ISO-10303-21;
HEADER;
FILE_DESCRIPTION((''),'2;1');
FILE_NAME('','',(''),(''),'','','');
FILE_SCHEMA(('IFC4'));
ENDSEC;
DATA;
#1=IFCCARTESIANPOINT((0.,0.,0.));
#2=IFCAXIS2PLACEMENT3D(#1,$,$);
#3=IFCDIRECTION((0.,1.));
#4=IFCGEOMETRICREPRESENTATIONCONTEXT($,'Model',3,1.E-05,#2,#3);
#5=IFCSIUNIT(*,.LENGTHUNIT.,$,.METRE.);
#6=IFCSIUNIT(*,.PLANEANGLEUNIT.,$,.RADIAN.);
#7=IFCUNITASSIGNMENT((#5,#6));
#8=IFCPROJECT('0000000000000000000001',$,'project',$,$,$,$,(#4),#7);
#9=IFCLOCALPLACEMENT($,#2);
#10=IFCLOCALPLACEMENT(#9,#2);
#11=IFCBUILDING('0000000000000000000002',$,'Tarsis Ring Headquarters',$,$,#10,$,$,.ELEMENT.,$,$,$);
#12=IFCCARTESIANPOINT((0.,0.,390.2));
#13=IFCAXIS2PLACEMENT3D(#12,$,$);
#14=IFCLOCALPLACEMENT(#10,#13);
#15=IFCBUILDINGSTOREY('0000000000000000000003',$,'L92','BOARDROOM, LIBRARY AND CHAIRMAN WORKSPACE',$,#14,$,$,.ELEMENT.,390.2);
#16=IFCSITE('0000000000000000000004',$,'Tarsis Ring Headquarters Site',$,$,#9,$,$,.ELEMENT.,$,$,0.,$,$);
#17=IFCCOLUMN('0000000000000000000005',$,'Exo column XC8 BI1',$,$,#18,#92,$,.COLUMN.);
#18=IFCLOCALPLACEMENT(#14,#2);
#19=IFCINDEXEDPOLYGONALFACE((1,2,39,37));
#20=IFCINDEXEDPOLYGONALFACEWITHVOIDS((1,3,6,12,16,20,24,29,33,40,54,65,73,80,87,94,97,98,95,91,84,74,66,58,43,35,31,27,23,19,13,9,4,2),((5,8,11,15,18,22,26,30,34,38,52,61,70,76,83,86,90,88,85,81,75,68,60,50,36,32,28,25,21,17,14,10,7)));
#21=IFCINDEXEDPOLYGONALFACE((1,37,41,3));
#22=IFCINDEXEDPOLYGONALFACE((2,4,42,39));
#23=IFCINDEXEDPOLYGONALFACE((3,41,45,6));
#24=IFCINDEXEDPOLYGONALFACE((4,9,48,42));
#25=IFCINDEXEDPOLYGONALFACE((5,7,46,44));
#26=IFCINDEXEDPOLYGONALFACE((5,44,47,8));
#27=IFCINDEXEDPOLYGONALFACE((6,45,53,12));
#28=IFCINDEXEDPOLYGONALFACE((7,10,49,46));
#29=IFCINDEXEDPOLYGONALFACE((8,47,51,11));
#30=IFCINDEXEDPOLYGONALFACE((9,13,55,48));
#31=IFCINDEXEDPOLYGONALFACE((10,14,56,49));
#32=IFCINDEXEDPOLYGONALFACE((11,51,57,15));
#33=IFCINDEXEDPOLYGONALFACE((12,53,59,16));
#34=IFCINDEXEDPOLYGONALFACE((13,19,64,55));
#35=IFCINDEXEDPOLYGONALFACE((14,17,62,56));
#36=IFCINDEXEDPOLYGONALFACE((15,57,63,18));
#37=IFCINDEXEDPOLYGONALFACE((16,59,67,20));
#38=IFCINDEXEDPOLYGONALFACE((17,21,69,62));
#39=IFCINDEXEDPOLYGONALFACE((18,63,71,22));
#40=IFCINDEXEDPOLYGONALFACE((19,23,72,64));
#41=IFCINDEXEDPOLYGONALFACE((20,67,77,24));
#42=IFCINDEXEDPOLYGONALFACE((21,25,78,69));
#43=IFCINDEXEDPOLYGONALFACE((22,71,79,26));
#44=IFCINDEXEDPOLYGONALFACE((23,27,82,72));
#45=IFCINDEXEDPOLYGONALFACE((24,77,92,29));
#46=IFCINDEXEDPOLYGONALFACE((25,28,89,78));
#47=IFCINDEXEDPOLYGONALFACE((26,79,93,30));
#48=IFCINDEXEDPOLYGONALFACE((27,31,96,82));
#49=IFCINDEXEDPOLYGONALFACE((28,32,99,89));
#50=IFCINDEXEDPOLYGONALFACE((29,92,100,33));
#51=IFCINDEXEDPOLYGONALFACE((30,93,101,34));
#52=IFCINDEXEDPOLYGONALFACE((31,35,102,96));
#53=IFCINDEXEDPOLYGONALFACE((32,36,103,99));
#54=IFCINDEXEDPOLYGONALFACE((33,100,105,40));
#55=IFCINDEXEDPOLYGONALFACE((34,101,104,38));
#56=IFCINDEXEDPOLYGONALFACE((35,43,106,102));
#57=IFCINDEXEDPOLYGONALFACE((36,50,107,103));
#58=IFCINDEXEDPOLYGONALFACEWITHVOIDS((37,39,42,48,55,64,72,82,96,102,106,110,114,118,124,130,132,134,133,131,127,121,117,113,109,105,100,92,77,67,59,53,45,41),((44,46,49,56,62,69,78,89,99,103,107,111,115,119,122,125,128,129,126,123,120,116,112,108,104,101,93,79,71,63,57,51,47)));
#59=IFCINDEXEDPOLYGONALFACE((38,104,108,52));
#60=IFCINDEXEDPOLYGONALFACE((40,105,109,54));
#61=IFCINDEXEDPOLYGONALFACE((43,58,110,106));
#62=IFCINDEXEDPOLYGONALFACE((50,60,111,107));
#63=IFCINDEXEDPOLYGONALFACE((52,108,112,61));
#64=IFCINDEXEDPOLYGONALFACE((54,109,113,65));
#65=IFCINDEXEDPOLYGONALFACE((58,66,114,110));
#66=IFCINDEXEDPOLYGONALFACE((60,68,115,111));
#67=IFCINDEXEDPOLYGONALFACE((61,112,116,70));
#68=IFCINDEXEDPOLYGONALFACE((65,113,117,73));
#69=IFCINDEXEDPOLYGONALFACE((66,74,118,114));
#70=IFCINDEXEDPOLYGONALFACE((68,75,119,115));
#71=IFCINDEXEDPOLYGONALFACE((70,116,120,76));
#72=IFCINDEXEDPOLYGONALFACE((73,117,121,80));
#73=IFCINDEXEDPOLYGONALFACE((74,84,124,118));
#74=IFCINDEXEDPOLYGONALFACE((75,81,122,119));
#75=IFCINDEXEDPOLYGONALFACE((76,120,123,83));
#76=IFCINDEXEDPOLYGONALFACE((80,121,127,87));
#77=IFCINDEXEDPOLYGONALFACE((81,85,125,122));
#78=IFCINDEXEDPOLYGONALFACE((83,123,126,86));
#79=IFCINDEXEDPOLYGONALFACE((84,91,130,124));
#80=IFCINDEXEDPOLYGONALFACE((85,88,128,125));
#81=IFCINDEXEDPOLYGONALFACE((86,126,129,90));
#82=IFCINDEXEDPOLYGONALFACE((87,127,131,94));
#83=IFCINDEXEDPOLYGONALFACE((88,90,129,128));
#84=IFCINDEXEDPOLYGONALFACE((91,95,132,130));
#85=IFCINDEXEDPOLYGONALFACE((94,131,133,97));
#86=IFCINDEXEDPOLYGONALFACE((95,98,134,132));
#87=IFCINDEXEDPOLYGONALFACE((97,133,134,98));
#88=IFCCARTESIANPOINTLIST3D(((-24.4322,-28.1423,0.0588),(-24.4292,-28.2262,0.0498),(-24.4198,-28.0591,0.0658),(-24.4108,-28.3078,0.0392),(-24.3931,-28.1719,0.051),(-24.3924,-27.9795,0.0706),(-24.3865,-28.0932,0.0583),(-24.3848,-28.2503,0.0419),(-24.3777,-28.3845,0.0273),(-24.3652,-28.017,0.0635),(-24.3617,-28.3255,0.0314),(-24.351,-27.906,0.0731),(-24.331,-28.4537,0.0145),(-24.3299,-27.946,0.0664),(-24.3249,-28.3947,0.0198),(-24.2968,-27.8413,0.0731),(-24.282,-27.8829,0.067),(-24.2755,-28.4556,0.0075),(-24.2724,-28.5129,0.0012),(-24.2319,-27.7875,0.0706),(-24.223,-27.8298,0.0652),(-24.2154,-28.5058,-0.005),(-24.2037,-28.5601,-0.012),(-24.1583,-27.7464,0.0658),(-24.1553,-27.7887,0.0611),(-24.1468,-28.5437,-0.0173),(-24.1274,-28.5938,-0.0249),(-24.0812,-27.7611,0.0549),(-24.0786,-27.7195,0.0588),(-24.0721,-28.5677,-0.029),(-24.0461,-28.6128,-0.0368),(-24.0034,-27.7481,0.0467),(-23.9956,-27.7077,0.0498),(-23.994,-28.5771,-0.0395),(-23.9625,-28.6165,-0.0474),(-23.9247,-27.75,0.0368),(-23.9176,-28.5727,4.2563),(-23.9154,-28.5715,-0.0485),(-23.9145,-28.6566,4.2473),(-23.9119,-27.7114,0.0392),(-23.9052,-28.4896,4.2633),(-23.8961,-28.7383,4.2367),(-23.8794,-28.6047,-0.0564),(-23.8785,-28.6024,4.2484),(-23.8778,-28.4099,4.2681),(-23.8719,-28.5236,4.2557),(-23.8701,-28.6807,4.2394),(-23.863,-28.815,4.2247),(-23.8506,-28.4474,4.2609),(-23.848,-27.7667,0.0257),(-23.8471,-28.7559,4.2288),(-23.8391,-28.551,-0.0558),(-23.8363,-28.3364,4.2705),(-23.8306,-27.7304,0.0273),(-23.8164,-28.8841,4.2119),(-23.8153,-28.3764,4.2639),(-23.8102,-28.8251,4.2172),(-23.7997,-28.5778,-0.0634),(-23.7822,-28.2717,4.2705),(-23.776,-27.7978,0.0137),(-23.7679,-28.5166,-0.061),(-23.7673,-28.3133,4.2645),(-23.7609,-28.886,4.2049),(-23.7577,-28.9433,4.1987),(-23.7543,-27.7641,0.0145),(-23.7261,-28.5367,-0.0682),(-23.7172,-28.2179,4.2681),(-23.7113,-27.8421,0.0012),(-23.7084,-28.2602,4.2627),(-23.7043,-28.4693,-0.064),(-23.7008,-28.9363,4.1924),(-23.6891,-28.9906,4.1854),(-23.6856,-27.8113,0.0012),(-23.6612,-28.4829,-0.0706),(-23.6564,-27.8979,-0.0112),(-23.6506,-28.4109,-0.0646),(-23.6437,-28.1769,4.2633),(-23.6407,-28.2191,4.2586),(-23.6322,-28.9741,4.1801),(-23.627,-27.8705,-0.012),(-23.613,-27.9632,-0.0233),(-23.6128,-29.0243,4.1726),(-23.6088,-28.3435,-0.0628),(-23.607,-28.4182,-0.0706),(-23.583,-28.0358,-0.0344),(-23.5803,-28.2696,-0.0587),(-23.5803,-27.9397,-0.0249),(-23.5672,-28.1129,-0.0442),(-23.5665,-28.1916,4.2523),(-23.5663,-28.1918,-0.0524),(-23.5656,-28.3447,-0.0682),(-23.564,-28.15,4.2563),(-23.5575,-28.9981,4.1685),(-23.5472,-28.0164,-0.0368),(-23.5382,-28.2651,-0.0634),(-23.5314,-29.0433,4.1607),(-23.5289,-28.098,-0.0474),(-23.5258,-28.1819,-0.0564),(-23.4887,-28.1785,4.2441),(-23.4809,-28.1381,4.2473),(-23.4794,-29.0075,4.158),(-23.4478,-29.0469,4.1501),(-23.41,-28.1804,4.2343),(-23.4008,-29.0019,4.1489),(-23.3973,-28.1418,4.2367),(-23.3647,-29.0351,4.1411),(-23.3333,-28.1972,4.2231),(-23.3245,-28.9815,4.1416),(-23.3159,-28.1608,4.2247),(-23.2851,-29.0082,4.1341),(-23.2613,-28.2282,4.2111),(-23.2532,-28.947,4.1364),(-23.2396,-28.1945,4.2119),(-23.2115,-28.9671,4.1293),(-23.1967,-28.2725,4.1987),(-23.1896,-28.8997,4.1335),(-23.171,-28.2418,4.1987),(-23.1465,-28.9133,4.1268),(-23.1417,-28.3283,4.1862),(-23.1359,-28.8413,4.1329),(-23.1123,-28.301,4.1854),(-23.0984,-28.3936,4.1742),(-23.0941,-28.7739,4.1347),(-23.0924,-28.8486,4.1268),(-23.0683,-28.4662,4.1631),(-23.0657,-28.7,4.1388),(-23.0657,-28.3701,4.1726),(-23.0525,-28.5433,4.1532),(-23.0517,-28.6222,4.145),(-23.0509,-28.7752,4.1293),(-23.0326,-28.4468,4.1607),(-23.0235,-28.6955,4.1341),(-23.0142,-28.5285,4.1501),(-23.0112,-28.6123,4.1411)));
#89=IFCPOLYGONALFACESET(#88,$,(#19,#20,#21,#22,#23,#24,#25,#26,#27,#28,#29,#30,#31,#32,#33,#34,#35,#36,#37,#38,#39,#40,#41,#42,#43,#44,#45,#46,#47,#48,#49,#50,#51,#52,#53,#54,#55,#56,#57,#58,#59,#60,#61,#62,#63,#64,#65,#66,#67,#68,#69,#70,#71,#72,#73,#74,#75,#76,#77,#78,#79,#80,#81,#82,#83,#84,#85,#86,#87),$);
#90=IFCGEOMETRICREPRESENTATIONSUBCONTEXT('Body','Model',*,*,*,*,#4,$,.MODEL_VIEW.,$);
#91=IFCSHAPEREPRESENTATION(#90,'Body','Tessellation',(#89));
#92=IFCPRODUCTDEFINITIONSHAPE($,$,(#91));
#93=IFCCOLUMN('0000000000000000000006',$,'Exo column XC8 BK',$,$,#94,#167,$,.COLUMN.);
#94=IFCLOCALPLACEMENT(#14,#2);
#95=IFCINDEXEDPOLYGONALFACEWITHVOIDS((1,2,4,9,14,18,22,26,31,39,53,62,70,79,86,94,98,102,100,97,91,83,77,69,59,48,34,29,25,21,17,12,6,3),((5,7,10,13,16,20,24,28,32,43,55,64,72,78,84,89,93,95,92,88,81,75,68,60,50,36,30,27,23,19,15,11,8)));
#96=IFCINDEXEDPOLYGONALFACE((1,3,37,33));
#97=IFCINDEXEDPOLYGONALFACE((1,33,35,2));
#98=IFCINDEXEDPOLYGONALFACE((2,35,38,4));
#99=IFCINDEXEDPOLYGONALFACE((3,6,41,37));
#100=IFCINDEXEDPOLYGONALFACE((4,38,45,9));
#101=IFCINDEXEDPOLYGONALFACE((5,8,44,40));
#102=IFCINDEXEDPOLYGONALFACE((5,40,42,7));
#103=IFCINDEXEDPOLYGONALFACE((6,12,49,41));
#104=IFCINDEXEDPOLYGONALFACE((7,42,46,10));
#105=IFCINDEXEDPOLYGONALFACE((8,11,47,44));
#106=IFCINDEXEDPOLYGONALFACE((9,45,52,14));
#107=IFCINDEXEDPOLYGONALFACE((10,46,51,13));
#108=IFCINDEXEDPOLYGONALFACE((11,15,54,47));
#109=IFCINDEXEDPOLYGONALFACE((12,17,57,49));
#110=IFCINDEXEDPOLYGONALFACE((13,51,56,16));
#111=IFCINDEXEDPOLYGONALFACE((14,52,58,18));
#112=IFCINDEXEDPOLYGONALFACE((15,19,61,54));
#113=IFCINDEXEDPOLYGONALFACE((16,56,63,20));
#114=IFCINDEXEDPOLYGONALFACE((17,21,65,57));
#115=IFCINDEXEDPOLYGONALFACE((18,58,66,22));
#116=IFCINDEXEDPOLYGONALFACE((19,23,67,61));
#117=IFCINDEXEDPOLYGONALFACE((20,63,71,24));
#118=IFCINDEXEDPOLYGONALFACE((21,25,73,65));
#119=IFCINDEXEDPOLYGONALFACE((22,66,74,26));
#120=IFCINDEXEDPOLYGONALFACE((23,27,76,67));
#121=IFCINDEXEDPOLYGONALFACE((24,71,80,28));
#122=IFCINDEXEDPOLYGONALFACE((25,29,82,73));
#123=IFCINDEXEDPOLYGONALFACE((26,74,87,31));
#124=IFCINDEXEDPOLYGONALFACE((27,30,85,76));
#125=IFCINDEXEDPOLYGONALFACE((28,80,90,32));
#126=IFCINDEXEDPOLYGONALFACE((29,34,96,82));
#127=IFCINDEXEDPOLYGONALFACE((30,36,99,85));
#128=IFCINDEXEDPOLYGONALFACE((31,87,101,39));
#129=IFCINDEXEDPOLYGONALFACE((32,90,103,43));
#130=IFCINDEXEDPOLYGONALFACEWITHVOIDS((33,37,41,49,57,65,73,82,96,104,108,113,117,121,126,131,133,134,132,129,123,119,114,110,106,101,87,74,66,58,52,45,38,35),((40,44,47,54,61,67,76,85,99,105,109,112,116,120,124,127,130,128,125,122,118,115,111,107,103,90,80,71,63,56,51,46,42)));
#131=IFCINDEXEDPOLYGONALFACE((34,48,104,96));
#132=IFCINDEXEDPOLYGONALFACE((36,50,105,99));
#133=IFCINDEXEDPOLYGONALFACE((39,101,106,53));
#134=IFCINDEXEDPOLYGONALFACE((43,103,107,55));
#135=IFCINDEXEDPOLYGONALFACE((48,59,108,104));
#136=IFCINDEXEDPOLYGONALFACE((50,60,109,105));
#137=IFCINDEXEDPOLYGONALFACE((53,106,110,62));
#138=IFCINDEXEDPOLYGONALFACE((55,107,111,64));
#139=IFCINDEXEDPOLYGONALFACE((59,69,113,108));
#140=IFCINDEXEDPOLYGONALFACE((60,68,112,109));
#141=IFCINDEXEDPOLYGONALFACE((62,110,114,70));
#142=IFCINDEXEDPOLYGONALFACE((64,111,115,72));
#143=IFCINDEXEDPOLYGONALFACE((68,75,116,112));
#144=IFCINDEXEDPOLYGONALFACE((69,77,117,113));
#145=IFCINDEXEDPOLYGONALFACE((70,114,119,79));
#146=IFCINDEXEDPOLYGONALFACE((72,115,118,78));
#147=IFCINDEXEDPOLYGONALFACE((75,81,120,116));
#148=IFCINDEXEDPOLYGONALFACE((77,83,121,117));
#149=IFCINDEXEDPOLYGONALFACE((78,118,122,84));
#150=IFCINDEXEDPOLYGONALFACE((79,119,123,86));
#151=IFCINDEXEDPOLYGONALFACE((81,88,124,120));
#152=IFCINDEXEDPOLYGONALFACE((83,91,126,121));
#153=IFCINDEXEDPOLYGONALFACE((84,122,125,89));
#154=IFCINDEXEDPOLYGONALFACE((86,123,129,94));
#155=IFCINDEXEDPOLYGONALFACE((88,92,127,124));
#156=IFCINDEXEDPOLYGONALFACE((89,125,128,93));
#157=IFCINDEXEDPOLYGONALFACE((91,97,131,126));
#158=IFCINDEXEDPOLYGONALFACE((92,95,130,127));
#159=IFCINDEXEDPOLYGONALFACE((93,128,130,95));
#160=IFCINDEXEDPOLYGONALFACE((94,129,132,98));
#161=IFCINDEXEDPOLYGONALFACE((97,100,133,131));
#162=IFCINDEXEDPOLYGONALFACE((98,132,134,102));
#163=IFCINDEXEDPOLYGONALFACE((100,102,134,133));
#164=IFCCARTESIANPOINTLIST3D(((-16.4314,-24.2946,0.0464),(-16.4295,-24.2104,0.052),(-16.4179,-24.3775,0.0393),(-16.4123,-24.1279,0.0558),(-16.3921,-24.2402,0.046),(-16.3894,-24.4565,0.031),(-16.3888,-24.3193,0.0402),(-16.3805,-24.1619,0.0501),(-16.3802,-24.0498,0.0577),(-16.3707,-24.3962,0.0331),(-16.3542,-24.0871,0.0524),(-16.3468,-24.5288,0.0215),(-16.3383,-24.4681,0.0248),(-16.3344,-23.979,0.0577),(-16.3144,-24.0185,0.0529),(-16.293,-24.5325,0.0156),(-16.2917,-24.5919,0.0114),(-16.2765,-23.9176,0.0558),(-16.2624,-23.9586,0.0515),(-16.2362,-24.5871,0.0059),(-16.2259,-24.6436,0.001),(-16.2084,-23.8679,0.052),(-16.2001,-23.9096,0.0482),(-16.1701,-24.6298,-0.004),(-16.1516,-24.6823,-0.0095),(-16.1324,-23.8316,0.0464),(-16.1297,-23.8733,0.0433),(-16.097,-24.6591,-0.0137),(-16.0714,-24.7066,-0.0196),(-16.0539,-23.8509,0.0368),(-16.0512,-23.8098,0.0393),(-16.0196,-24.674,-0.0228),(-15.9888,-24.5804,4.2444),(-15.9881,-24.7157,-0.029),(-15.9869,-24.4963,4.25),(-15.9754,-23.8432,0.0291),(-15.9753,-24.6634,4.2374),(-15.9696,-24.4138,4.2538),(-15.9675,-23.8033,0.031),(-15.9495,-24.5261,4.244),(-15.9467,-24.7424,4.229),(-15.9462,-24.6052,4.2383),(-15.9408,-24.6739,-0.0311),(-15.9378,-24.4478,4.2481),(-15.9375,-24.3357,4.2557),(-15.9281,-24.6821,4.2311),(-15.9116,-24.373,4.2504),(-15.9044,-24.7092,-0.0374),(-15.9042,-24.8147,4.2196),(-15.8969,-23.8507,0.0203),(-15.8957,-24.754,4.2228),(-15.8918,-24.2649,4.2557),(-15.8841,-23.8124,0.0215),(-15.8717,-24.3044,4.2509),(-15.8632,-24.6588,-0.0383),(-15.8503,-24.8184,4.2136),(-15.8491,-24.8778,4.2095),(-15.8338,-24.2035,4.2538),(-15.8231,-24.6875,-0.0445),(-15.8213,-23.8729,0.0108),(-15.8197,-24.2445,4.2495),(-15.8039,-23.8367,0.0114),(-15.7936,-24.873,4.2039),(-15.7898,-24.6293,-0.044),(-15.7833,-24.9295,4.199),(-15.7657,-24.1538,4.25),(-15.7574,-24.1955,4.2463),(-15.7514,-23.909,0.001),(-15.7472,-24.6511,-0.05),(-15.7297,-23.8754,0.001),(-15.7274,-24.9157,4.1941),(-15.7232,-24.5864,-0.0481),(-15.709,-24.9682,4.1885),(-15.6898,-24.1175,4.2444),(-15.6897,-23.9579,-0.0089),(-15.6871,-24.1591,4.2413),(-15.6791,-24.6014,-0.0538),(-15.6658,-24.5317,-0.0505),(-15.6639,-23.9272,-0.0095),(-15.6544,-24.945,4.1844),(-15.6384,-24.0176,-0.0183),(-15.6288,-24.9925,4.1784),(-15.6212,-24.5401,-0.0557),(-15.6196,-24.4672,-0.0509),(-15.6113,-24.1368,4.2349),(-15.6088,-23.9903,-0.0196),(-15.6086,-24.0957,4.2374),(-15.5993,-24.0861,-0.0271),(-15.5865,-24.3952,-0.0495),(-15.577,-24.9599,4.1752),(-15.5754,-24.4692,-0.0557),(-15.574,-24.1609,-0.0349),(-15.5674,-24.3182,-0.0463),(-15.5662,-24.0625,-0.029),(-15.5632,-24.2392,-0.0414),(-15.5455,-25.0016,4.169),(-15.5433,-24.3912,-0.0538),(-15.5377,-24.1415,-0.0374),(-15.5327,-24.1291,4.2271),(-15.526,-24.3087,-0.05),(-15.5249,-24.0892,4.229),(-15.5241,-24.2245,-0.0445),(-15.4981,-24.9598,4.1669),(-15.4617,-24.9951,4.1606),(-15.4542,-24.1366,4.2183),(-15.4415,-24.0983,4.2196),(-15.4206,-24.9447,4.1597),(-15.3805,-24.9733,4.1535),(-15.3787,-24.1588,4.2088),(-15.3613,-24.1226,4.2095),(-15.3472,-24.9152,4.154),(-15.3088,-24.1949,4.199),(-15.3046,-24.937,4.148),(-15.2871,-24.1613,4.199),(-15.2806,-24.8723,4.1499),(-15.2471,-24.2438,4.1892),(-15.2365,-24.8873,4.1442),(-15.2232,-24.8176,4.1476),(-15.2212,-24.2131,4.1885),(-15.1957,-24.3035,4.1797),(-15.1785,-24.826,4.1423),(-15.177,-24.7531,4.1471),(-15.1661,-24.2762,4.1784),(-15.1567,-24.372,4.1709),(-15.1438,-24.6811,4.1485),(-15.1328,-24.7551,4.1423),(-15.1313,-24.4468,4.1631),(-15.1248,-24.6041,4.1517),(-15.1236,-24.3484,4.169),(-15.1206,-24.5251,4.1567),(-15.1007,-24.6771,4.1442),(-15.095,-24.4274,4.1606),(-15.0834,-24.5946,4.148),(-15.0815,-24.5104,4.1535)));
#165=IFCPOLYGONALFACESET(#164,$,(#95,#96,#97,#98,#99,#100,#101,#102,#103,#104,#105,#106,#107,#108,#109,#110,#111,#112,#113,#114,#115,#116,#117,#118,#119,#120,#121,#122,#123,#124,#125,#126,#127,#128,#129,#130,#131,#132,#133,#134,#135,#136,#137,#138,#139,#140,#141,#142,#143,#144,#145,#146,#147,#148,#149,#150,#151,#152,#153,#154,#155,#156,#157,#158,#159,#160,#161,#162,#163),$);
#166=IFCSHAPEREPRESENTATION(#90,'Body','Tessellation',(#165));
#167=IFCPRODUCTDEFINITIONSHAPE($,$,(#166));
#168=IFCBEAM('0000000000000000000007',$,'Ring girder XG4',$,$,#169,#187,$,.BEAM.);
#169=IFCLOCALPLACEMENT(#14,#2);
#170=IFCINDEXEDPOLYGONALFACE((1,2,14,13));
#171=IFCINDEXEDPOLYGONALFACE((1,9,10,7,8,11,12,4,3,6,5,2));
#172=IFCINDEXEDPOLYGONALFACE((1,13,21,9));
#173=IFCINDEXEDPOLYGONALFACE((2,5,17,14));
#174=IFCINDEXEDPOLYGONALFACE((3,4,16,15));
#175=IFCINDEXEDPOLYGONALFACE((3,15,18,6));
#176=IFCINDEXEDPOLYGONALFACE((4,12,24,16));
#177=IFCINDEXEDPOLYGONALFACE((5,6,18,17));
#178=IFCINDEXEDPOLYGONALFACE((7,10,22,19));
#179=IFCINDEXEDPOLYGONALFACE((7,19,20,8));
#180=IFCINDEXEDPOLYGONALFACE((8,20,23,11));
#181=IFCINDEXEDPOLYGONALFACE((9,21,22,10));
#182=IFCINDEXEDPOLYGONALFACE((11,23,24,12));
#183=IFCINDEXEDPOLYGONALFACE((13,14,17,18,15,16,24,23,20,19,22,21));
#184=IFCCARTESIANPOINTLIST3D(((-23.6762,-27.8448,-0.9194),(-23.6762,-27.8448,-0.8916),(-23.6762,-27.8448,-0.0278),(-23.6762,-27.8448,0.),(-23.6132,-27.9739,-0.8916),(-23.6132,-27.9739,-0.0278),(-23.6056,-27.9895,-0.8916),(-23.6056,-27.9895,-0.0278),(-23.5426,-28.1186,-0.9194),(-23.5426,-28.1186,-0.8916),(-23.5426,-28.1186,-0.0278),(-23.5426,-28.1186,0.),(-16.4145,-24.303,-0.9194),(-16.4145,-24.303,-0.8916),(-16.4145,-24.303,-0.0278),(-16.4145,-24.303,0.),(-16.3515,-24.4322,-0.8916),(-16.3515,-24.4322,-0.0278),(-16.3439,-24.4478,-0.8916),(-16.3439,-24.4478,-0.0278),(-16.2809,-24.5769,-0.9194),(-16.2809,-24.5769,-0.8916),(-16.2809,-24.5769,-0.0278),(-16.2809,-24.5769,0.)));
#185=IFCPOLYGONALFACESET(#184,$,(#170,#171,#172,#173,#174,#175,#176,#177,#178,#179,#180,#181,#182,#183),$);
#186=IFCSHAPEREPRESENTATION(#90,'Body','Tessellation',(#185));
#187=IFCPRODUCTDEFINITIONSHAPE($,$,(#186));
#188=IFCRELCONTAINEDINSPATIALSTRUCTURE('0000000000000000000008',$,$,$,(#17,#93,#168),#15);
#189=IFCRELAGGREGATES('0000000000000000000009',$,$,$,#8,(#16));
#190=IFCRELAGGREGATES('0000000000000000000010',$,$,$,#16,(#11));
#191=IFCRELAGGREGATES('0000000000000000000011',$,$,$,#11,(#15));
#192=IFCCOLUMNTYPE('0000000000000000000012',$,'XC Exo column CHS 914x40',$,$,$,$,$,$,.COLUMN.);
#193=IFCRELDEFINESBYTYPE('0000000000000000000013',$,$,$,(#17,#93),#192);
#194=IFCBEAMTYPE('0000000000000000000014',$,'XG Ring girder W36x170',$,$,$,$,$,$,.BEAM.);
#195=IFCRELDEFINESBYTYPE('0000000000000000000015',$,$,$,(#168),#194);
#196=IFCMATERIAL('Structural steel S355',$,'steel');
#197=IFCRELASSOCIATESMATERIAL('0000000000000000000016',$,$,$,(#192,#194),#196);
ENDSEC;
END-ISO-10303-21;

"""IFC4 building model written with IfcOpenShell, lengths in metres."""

from ifc_helpers import new_model, si_unit, direction, frame, origin, origin_2d, place, context, subcontext, project, spatial, hollow_circle, i_section, extrude, material, material_profile, profile_set, type_object, element, save


model = new_model("IFC4")

# Units and contexts
model_context = context("Model", 3, precision=1e-05, world=origin(), true_north=direction((0.0, 1.0)))
body_context = subcontext(model_context, "Body", "Model", "MODEL_VIEW")
ifc_project = project(units=[si_unit("LENGTHUNIT", "METRE"), si_unit("PLANEANGLEUNIT", "RADIAN")], contexts=[model_context])

# Site, building, storey
site_placement = place(None, origin())
site = spatial("IfcSite", under=ifc_project, at=site_placement, Name="Tarsis Ring Headquarters Site", CompositionType="ELEMENT", RefElevation=0.0)
building_placement = place(site_placement, origin())
building = spatial("IfcBuilding", under=site, at=building_placement, Name="Tarsis Ring Headquarters", CompositionType="ELEMENT")
storey_placement = place(building_placement, frame((0.0, 0.0, 390.2)))
storey = spatial("IfcBuildingStorey", under=building, at=storey_placement, Name="L92", Description="BOARDROOM, LIBRARY AND CHAIRMAN WORKSPACE", CompositionType="ELEMENT", Elevation=390.2)

# Columns
ifc_material_1 = material(Name="Structural steel S355", Category="steel")
ifc_material_profile_1 = material_profile(ifc_material_1, hollow_circle(Radius=0.457, WallThickness=0.04, at=origin_2d()), Name="CHS 914x40")
ifc_profile_set_1 = profile_set([ifc_material_profile_1], Name="Structural steel S355")
column_type = type_object("IfcColumnType", Name="XC Exo column CHS 914x40", PredefinedType="COLUMN", material=ifc_profile_set_1)
column_1_placement = place(storey_placement, frame((-23.979, -28.1621, 0.0012), z_axis=(0.121071, -0.101256, 0.987466), x_axis=(0.641544, 0.767087, 0.0)))
element("IfcColumn", 1, at=column_1_placement, inside=storey, type_object=column_type, Name="Exo column XC8 BI1", PredefinedType="COLUMN", context=body_context, shape_type="SweptSolid", body=[
    extrude(hollow_circle(Radius=0.4573, WallThickness=0.04, at=origin_2d()), origin(), (0.0, 0.0, 1.0), 4.2507),
])
column_2_placement = place(storey_placement, frame((-15.9778, -24.2595, 0.001), z_axis=(0.104617, -0.067571, 0.992214), x_axis=(0.542559, 0.840017, 0.0)))
element("IfcColumn", 2, at=column_2_placement, inside=storey, type_object=column_type, Name="Exo column XC8 BK", PredefinedType="COLUMN", context=body_context, shape_type="SweptSolid", body=[
    extrude(hollow_circle(Radius=0.4573, WallThickness=0.04, at=origin_2d()), origin(), (0.0, 0.0, 1.0), 4.231),
])

# Beam
ifc_material_profile_2 = material_profile(ifc_material_1, i_section(OverallWidth=0.3047, OverallDepth=0.9194, WebThickness=0.0173, FlangeThickness=0.0278, at=origin_2d()), Name="W36x170")
ifc_profile_set_2 = profile_set([ifc_material_profile_2], Name="Structural steel S355")
beam_type = type_object("IfcBeamType", Name="XG Ring girder W36x170", PredefinedType="BEAM", material=ifc_profile_set_2)
beam_1_placement = place(storey_placement, frame((-23.6094, -27.9817, -0.4597), z_axis=(0.898795, 0.438368, 0.0), x_axis=(-0.438368, 0.898795, 0.0)))
element("IfcBeam", 3, at=beam_1_placement, inside=storey, type_object=beam_type, Name="Ring girder XG4", PredefinedType="BEAM", context=body_context, shape_type="SweptSolid", body=[
    extrude(i_section(OverallWidth=0.3047, OverallDepth=0.9194, WebThickness=0.0173, FlangeThickness=0.0278, at=origin_2d()), origin(), (0.0, 0.0, 1.0), 8.0793),
])

save(model, "model.ifc")
